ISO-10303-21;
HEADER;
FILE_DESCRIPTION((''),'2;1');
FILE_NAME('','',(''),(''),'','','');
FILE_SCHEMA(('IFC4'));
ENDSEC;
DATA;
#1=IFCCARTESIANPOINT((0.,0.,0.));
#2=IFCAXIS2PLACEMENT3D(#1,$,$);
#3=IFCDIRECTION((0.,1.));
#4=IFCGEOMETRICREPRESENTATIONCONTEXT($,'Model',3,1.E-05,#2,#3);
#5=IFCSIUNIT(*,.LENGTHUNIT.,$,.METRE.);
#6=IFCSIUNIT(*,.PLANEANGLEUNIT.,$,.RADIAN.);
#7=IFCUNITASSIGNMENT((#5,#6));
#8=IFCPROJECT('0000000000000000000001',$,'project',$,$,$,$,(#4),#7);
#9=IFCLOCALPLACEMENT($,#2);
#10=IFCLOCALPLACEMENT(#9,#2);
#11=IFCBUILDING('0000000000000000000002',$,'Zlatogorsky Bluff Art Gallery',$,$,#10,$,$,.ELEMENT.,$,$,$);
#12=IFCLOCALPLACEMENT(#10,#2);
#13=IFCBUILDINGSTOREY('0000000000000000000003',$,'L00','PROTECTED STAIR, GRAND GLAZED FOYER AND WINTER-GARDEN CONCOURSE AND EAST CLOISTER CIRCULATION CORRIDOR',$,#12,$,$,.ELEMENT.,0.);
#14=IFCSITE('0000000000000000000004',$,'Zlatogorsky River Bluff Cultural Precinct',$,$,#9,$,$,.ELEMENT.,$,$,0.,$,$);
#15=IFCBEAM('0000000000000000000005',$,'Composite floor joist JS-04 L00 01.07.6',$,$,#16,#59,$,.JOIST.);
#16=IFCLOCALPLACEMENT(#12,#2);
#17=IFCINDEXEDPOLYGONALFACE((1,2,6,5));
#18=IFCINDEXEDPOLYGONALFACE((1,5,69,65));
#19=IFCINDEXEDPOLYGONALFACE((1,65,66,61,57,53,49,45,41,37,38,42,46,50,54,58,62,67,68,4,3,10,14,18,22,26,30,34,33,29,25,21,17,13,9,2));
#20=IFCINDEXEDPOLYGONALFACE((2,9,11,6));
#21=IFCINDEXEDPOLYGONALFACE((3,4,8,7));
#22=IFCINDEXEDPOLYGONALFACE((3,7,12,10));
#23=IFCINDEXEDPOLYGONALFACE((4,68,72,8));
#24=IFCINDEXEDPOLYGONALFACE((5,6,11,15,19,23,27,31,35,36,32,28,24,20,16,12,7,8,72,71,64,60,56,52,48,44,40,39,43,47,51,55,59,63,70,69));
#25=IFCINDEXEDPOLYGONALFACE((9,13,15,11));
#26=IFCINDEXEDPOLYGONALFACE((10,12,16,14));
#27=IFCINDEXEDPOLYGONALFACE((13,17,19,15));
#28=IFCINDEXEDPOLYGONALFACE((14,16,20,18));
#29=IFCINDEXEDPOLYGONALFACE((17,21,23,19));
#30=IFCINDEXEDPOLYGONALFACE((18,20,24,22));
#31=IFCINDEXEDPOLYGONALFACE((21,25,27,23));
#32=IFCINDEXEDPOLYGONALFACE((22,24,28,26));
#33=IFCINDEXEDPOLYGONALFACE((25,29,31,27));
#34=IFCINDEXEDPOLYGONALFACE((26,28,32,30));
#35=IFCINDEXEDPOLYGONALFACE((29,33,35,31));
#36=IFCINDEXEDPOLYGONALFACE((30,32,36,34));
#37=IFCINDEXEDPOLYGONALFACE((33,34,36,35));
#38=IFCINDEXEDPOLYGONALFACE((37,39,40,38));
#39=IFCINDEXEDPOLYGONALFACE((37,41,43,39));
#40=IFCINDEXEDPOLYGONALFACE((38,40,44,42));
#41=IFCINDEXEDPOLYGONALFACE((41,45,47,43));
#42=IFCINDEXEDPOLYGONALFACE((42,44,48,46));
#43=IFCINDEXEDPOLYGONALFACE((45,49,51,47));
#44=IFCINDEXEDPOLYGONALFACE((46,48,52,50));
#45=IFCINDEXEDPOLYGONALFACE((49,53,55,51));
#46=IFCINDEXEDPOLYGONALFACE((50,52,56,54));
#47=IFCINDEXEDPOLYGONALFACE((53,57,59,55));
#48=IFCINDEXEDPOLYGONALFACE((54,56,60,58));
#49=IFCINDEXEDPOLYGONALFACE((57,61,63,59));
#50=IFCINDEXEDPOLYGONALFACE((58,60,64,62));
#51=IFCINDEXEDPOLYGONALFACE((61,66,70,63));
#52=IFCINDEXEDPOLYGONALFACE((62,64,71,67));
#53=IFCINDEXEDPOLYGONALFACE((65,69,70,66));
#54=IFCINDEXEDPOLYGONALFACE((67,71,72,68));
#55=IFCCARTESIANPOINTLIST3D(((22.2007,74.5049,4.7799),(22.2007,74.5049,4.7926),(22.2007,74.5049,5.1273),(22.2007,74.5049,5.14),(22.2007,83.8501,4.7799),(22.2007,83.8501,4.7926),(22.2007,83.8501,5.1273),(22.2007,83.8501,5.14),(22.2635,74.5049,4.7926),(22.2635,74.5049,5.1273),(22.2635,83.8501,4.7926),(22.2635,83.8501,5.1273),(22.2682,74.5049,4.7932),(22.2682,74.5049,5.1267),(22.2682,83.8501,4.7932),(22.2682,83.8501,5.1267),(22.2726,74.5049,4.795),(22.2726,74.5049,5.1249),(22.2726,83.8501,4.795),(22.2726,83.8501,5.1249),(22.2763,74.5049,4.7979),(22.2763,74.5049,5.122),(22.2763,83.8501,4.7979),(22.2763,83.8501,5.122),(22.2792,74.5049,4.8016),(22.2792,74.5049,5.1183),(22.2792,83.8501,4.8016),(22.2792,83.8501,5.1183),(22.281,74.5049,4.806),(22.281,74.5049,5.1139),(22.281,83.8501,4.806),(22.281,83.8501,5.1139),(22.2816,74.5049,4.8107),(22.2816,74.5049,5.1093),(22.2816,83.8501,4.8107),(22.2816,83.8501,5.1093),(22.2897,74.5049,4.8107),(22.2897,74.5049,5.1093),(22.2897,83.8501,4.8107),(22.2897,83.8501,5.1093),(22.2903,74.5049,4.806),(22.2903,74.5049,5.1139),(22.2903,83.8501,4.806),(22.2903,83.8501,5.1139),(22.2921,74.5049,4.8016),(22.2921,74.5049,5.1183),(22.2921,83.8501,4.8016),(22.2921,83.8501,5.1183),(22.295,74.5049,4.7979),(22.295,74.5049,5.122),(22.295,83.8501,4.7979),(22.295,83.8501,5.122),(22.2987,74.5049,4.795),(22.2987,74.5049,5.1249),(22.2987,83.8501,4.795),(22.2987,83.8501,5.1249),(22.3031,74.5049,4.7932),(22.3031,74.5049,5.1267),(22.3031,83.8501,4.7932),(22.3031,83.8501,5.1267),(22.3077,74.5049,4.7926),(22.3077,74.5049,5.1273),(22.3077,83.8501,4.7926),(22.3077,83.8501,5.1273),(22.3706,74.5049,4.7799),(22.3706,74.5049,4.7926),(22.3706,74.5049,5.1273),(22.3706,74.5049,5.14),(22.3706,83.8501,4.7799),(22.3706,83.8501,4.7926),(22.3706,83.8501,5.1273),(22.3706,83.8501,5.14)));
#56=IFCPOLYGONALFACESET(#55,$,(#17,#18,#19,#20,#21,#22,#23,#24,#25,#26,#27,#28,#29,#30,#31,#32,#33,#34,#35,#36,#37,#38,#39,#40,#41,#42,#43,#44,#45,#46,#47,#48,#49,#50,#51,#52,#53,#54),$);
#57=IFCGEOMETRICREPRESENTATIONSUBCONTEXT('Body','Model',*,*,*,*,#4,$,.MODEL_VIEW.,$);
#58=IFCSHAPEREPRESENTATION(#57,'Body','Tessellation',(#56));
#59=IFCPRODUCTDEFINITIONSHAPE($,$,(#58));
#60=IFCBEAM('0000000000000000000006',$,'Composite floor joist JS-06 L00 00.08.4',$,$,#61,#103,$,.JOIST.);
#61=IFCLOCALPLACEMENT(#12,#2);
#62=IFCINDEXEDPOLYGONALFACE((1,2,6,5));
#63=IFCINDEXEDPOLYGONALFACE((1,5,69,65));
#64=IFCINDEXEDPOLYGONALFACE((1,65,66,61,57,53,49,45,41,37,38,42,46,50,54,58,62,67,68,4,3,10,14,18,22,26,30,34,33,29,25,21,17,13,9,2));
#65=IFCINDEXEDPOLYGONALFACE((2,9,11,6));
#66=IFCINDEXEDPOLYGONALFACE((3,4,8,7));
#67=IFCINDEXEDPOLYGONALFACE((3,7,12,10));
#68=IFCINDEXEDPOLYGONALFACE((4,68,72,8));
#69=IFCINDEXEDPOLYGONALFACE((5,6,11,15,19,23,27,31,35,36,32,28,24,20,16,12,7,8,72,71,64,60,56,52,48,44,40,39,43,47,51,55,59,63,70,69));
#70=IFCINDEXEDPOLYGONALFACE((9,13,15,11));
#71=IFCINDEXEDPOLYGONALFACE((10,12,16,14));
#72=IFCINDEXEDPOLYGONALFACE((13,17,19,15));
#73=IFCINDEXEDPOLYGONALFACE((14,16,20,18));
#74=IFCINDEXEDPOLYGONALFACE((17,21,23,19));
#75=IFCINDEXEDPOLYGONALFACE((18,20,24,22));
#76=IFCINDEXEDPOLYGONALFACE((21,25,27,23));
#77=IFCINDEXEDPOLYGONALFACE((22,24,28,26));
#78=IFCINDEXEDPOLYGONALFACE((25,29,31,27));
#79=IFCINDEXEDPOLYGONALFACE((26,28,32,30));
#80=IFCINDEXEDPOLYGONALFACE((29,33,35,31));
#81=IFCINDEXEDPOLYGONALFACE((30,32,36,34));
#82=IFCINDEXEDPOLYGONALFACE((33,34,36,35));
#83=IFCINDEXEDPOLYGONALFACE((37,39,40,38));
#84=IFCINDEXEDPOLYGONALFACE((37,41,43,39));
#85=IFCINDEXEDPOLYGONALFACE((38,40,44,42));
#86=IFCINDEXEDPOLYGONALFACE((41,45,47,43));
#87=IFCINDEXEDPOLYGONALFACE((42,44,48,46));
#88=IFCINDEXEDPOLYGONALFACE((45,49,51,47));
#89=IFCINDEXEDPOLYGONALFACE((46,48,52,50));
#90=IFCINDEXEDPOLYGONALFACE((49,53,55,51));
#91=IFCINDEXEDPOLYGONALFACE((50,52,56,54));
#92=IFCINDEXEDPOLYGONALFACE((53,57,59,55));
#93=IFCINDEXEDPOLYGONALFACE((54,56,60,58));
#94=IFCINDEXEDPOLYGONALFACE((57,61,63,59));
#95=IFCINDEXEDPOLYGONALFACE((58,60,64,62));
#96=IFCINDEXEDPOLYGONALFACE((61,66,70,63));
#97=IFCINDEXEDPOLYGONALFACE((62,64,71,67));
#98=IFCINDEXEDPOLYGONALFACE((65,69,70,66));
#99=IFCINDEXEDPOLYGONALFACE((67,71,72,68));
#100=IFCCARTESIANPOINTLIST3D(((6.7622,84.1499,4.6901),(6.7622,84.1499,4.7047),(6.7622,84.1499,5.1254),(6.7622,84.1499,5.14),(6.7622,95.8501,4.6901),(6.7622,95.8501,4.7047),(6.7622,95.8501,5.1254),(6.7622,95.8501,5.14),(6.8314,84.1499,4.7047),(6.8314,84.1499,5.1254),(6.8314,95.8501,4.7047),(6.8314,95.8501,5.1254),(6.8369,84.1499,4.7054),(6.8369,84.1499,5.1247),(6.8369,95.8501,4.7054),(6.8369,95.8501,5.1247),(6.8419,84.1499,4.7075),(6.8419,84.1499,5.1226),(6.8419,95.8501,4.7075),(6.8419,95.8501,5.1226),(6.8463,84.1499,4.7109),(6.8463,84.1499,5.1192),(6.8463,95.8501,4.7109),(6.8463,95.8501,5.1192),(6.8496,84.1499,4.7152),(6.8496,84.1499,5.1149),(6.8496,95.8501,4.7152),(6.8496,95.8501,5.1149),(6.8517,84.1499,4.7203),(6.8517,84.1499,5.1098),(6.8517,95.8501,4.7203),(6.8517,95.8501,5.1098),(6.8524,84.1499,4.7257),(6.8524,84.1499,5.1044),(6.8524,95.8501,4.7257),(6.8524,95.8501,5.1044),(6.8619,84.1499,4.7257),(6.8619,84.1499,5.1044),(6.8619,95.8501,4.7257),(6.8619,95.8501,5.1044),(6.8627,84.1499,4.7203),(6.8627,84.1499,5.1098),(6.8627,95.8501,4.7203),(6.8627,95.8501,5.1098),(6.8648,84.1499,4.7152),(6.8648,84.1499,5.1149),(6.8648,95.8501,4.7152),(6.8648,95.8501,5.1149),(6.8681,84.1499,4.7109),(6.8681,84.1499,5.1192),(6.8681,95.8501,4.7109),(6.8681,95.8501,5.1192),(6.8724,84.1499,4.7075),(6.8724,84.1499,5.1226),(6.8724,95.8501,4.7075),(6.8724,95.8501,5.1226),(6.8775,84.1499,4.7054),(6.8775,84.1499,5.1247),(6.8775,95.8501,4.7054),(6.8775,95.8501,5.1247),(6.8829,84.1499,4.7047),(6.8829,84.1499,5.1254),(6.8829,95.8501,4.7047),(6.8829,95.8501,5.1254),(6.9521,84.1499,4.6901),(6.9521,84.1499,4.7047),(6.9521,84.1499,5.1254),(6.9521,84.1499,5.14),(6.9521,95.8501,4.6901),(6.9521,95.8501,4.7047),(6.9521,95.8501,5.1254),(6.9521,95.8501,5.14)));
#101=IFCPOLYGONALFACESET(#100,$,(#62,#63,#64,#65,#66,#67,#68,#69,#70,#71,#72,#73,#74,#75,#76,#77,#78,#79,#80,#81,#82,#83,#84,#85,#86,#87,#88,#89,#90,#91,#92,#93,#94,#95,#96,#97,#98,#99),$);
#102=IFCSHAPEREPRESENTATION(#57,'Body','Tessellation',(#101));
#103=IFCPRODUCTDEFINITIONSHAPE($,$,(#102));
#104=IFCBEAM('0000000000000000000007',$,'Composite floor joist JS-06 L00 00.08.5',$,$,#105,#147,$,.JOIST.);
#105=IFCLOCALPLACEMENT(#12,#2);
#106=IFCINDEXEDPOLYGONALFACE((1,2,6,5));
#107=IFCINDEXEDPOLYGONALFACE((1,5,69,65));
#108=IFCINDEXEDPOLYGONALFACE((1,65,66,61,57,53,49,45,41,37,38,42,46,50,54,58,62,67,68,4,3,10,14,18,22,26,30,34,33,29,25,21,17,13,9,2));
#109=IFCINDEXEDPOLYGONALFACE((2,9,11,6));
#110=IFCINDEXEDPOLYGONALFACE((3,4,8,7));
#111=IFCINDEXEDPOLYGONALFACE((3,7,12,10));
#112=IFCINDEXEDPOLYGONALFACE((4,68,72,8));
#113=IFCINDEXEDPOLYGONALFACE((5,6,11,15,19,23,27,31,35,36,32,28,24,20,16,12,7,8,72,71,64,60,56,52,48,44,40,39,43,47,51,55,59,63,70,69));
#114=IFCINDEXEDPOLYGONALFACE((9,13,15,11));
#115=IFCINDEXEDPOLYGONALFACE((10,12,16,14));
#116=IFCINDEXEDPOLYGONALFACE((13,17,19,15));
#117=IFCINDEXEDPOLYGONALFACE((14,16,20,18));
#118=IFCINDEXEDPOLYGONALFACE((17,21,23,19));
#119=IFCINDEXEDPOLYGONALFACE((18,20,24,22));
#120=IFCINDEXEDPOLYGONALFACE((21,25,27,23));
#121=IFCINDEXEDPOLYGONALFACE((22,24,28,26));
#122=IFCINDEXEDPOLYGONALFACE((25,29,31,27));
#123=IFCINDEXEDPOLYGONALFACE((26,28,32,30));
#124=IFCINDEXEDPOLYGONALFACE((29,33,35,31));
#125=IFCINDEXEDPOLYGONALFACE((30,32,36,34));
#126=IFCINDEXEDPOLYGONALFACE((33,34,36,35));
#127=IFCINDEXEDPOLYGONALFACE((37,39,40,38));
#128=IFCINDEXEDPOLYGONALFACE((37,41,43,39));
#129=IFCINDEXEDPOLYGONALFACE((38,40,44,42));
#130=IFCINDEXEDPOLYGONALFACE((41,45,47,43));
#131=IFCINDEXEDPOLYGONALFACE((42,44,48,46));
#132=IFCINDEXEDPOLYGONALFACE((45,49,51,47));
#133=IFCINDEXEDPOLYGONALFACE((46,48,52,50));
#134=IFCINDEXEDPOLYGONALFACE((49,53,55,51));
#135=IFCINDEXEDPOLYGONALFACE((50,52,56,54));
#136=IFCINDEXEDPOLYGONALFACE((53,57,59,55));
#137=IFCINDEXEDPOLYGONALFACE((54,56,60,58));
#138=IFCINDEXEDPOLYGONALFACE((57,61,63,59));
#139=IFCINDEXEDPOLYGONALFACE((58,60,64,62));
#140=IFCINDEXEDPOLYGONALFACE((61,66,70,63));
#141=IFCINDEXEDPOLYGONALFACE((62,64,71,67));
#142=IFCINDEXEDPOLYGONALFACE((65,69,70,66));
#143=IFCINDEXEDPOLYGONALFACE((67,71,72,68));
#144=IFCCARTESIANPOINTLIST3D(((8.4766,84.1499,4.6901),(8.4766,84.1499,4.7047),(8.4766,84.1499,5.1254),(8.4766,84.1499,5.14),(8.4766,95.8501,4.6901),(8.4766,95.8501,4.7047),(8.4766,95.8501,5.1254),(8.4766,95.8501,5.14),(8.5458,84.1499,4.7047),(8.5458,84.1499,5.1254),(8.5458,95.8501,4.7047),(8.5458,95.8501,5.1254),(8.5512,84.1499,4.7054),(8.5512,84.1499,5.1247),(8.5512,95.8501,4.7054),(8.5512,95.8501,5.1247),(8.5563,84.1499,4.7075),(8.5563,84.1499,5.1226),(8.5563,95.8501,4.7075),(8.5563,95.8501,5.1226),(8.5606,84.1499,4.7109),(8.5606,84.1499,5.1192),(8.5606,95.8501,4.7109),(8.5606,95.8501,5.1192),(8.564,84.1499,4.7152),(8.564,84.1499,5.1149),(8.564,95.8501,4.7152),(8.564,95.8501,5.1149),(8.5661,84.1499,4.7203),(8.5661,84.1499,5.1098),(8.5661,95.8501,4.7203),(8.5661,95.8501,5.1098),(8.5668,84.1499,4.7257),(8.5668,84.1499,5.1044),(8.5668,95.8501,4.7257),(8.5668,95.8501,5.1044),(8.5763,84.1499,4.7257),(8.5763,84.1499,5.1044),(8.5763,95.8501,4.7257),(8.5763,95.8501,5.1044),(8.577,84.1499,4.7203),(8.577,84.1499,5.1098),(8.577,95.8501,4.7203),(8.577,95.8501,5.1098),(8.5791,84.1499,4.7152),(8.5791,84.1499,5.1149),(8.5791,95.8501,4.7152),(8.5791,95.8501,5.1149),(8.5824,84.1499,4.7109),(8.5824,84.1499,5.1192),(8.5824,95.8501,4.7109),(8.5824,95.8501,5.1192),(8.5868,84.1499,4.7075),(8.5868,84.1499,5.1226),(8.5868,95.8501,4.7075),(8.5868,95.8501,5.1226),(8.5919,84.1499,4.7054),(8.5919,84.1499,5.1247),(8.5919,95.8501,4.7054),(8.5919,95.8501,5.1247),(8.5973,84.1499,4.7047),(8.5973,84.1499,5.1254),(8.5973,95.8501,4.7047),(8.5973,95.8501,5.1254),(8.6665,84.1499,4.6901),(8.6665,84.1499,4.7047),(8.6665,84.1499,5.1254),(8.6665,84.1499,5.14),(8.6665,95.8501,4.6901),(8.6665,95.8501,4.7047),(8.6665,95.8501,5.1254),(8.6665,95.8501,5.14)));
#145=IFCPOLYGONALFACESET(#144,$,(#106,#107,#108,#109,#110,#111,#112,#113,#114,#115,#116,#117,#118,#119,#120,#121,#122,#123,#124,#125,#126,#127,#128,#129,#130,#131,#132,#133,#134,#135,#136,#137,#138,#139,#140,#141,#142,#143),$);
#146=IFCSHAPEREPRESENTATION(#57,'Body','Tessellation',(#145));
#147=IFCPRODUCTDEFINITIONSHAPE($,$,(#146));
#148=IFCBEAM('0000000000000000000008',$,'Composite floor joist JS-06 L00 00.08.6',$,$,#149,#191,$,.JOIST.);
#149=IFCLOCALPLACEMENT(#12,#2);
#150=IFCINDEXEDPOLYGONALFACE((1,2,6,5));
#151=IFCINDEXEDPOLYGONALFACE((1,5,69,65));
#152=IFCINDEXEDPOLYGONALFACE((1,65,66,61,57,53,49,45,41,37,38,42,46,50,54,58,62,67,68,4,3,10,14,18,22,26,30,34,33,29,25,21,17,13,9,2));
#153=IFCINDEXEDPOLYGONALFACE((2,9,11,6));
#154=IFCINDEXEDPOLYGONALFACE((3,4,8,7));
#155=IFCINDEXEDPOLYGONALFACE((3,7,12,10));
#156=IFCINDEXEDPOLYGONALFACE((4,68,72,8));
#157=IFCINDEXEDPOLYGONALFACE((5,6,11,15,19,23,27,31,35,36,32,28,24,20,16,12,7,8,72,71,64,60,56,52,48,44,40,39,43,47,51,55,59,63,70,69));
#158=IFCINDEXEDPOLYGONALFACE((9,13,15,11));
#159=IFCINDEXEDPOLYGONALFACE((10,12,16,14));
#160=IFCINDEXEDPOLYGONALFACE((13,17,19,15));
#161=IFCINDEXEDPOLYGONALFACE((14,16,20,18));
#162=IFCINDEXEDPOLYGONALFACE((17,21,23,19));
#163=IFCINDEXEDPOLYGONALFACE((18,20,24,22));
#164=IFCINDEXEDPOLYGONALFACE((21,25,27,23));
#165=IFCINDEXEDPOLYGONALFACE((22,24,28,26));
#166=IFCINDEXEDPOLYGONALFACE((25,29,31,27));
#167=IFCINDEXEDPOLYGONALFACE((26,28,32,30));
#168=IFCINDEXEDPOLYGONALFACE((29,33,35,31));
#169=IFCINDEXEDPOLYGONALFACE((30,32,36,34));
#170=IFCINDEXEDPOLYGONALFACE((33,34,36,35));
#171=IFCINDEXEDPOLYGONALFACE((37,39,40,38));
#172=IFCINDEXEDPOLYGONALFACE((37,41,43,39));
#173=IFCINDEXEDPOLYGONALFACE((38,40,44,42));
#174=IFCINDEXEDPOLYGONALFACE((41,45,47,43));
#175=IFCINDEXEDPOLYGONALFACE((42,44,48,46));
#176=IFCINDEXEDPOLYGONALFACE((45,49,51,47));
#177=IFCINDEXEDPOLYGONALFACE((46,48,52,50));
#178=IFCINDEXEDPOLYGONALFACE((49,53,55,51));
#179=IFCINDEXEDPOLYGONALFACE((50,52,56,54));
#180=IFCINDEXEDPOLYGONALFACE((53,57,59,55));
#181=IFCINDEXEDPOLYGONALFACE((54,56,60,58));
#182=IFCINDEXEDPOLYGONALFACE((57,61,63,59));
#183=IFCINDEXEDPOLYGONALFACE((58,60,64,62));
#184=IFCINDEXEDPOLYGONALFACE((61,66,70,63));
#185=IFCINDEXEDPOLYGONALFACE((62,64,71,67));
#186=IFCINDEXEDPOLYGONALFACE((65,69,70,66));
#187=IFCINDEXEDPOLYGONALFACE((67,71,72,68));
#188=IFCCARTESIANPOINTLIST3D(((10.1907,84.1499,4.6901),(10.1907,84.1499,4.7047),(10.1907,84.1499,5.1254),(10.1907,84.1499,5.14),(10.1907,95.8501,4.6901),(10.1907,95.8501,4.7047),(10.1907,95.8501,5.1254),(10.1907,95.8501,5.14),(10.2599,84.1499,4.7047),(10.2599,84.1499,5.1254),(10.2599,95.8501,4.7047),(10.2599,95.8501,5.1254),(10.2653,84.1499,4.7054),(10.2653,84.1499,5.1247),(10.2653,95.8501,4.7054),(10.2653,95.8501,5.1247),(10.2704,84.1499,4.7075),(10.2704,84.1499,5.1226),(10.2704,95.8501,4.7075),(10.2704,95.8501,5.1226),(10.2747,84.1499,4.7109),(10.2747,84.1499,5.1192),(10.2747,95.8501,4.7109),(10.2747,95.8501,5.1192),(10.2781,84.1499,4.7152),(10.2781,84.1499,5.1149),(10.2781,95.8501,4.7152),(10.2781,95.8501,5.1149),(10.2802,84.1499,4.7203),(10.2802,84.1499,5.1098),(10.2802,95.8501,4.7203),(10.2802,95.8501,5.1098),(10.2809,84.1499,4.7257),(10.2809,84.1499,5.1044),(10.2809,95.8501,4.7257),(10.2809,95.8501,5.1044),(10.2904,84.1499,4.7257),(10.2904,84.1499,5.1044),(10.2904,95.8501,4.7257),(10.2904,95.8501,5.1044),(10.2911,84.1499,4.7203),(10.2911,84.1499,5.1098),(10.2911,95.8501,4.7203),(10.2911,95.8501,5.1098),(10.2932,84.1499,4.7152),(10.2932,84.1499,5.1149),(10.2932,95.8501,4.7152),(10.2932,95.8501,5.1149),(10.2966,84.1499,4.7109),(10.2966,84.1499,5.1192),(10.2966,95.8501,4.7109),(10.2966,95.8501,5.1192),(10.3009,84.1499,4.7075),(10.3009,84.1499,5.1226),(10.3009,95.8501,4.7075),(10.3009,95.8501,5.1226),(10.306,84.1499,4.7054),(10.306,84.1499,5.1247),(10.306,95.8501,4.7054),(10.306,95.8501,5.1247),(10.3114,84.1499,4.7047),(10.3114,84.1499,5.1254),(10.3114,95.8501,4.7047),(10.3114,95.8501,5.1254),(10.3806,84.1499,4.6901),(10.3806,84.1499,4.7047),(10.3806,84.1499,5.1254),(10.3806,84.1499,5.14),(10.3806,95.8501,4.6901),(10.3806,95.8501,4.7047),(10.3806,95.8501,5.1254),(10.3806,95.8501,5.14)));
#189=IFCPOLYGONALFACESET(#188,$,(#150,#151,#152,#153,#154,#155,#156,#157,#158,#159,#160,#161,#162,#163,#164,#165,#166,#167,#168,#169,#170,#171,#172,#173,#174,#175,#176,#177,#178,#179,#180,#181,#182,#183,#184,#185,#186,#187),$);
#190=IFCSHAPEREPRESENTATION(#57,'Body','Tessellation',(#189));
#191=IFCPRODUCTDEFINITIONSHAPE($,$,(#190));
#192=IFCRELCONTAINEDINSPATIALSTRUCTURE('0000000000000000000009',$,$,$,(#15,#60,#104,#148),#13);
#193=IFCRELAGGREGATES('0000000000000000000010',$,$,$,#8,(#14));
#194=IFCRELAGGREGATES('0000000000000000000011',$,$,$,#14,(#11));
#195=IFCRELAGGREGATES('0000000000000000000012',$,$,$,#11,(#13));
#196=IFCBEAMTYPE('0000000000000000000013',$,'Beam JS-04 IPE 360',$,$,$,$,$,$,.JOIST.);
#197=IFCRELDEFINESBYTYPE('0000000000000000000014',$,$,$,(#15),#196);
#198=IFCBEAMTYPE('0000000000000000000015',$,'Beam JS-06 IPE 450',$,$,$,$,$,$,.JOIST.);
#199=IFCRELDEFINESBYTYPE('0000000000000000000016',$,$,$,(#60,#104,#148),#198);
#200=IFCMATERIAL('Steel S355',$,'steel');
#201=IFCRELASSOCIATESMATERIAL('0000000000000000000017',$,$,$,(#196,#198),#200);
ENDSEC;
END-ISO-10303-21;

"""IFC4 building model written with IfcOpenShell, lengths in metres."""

from ifc_helpers import new_model, si_unit, direction, frame, origin, origin_2d, place, context, subcontext, project, spatial, i_section, extrude, material, material_profile, profile_set, type_object, element, save


model = new_model("IFC4")

# Units and contexts
model_context = context("Model", 3, precision=1e-05, world=origin(), true_north=direction((0.0, 1.0)))
body_context = subcontext(model_context, "Body", "Model", "MODEL_VIEW")
ifc_project = project(units=[si_unit("LENGTHUNIT", "METRE"), si_unit("PLANEANGLEUNIT", "RADIAN")], contexts=[model_context])

# Site, building, storey
site_placement = place(None, origin())
site = spatial("IfcSite", under=ifc_project, at=site_placement, Name="Zlatogorsky River Bluff Cultural Precinct", CompositionType="ELEMENT", RefElevation=0.0)
building_placement = place(site_placement, origin())
building = spatial("IfcBuilding", under=site, at=building_placement, Name="Zlatogorsky Bluff Art Gallery", CompositionType="ELEMENT")
storey_placement = place(building_placement, origin())
storey = spatial("IfcBuildingStorey", under=building, at=storey_placement, Name="L00", Description="PROTECTED STAIR, GRAND GLAZED FOYER AND WINTER-GARDEN CONCOURSE AND EAST CLOISTER CIRCULATION CORRIDOR", CompositionType="ELEMENT", Elevation=0.0)

# Shared definitions
ifc_material_1 = material(Name="Steel S355", Category="steel")

# Beams
ifc_material_profile_1 = material_profile(ifc_material_1, i_section(OverallWidth=0.1699, OverallDepth=0.3601, WebThickness=0.0081, FlangeThickness=0.0127, FilletRadius=0.0181, at=origin_2d()), Name="IPE 360")
ifc_profile_set_1 = profile_set([ifc_material_profile_1], Name="Steel S355")
beam_type_1 = type_object("IfcBeamType", Name="Beam JS-04 IPE 360", PredefinedType="JOIST", material=ifc_profile_set_1)
for number, where, z_axis, x_axis, name in (
    (1, (22.2856, 74.5049, 4.96), (0.0, 1.0, 0.0), (-1.0, 0.0, 0.0), "Composite floor joist JS-04 L00 01.07.6"),
):
    element("IfcBeam", number, at=place(storey_placement, frame(where, z_axis=z_axis, x_axis=x_axis)), inside=storey, type_object=beam_type_1, Name=name, PredefinedType="JOIST", context=body_context, shape_type="SweptSolid", body=[
        extrude(i_section(OverallWidth=0.1699, OverallDepth=0.3601, WebThickness=0.0081, FlangeThickness=0.0127, FilletRadius=0.0181, at=origin_2d()), origin(), (0.0, 0.0, 1.0), 9.3452),
    ])
ifc_material_profile_2 = material_profile(ifc_material_1, i_section(OverallWidth=0.1899, OverallDepth=0.45, WebThickness=0.0095, FlangeThickness=0.0146, FilletRadius=0.021, at=origin_2d()), Name="IPE 450")
ifc_profile_set_2 = profile_set([ifc_material_profile_2], Name="Steel S355")
beam_type_2 = type_object("IfcBeamType", Name="Beam JS-06 IPE 450", PredefinedType="JOIST", material=ifc_profile_set_2)
for number, where, z_axis, x_axis, name in (
    (2, (6.8572, 84.1499, 4.915), (0.0, 1.0, 0.0), (-1.0, 0.0, 0.0), "Composite floor joist JS-06 L00 00.08.4"),
    (3, (8.5715, 84.1499, 4.915), (0.0, 1.0, 0.0), (-1.0, 0.0, 0.0), "Composite floor joist JS-06 L00 00.08.5"),
    (4, (10.2856, 84.1499, 4.915), (0.0, 1.0, 0.0), (-1.0, 0.0, 0.0), "Composite floor joist JS-06 L00 00.08.6"),
):
    element("IfcBeam", number, at=place(storey_placement, frame(where, z_axis=z_axis, x_axis=x_axis)), inside=storey, type_object=beam_type_2, Name=name, PredefinedType="JOIST", context=body_context, shape_type="SweptSolid", body=[
        extrude(i_section(OverallWidth=0.1899, OverallDepth=0.45, WebThickness=0.0095, FlangeThickness=0.0146, FilletRadius=0.021, at=origin_2d()), origin(), (0.0, 0.0, 1.0), 11.7002),
    ])

save(model, "model.ifc")
